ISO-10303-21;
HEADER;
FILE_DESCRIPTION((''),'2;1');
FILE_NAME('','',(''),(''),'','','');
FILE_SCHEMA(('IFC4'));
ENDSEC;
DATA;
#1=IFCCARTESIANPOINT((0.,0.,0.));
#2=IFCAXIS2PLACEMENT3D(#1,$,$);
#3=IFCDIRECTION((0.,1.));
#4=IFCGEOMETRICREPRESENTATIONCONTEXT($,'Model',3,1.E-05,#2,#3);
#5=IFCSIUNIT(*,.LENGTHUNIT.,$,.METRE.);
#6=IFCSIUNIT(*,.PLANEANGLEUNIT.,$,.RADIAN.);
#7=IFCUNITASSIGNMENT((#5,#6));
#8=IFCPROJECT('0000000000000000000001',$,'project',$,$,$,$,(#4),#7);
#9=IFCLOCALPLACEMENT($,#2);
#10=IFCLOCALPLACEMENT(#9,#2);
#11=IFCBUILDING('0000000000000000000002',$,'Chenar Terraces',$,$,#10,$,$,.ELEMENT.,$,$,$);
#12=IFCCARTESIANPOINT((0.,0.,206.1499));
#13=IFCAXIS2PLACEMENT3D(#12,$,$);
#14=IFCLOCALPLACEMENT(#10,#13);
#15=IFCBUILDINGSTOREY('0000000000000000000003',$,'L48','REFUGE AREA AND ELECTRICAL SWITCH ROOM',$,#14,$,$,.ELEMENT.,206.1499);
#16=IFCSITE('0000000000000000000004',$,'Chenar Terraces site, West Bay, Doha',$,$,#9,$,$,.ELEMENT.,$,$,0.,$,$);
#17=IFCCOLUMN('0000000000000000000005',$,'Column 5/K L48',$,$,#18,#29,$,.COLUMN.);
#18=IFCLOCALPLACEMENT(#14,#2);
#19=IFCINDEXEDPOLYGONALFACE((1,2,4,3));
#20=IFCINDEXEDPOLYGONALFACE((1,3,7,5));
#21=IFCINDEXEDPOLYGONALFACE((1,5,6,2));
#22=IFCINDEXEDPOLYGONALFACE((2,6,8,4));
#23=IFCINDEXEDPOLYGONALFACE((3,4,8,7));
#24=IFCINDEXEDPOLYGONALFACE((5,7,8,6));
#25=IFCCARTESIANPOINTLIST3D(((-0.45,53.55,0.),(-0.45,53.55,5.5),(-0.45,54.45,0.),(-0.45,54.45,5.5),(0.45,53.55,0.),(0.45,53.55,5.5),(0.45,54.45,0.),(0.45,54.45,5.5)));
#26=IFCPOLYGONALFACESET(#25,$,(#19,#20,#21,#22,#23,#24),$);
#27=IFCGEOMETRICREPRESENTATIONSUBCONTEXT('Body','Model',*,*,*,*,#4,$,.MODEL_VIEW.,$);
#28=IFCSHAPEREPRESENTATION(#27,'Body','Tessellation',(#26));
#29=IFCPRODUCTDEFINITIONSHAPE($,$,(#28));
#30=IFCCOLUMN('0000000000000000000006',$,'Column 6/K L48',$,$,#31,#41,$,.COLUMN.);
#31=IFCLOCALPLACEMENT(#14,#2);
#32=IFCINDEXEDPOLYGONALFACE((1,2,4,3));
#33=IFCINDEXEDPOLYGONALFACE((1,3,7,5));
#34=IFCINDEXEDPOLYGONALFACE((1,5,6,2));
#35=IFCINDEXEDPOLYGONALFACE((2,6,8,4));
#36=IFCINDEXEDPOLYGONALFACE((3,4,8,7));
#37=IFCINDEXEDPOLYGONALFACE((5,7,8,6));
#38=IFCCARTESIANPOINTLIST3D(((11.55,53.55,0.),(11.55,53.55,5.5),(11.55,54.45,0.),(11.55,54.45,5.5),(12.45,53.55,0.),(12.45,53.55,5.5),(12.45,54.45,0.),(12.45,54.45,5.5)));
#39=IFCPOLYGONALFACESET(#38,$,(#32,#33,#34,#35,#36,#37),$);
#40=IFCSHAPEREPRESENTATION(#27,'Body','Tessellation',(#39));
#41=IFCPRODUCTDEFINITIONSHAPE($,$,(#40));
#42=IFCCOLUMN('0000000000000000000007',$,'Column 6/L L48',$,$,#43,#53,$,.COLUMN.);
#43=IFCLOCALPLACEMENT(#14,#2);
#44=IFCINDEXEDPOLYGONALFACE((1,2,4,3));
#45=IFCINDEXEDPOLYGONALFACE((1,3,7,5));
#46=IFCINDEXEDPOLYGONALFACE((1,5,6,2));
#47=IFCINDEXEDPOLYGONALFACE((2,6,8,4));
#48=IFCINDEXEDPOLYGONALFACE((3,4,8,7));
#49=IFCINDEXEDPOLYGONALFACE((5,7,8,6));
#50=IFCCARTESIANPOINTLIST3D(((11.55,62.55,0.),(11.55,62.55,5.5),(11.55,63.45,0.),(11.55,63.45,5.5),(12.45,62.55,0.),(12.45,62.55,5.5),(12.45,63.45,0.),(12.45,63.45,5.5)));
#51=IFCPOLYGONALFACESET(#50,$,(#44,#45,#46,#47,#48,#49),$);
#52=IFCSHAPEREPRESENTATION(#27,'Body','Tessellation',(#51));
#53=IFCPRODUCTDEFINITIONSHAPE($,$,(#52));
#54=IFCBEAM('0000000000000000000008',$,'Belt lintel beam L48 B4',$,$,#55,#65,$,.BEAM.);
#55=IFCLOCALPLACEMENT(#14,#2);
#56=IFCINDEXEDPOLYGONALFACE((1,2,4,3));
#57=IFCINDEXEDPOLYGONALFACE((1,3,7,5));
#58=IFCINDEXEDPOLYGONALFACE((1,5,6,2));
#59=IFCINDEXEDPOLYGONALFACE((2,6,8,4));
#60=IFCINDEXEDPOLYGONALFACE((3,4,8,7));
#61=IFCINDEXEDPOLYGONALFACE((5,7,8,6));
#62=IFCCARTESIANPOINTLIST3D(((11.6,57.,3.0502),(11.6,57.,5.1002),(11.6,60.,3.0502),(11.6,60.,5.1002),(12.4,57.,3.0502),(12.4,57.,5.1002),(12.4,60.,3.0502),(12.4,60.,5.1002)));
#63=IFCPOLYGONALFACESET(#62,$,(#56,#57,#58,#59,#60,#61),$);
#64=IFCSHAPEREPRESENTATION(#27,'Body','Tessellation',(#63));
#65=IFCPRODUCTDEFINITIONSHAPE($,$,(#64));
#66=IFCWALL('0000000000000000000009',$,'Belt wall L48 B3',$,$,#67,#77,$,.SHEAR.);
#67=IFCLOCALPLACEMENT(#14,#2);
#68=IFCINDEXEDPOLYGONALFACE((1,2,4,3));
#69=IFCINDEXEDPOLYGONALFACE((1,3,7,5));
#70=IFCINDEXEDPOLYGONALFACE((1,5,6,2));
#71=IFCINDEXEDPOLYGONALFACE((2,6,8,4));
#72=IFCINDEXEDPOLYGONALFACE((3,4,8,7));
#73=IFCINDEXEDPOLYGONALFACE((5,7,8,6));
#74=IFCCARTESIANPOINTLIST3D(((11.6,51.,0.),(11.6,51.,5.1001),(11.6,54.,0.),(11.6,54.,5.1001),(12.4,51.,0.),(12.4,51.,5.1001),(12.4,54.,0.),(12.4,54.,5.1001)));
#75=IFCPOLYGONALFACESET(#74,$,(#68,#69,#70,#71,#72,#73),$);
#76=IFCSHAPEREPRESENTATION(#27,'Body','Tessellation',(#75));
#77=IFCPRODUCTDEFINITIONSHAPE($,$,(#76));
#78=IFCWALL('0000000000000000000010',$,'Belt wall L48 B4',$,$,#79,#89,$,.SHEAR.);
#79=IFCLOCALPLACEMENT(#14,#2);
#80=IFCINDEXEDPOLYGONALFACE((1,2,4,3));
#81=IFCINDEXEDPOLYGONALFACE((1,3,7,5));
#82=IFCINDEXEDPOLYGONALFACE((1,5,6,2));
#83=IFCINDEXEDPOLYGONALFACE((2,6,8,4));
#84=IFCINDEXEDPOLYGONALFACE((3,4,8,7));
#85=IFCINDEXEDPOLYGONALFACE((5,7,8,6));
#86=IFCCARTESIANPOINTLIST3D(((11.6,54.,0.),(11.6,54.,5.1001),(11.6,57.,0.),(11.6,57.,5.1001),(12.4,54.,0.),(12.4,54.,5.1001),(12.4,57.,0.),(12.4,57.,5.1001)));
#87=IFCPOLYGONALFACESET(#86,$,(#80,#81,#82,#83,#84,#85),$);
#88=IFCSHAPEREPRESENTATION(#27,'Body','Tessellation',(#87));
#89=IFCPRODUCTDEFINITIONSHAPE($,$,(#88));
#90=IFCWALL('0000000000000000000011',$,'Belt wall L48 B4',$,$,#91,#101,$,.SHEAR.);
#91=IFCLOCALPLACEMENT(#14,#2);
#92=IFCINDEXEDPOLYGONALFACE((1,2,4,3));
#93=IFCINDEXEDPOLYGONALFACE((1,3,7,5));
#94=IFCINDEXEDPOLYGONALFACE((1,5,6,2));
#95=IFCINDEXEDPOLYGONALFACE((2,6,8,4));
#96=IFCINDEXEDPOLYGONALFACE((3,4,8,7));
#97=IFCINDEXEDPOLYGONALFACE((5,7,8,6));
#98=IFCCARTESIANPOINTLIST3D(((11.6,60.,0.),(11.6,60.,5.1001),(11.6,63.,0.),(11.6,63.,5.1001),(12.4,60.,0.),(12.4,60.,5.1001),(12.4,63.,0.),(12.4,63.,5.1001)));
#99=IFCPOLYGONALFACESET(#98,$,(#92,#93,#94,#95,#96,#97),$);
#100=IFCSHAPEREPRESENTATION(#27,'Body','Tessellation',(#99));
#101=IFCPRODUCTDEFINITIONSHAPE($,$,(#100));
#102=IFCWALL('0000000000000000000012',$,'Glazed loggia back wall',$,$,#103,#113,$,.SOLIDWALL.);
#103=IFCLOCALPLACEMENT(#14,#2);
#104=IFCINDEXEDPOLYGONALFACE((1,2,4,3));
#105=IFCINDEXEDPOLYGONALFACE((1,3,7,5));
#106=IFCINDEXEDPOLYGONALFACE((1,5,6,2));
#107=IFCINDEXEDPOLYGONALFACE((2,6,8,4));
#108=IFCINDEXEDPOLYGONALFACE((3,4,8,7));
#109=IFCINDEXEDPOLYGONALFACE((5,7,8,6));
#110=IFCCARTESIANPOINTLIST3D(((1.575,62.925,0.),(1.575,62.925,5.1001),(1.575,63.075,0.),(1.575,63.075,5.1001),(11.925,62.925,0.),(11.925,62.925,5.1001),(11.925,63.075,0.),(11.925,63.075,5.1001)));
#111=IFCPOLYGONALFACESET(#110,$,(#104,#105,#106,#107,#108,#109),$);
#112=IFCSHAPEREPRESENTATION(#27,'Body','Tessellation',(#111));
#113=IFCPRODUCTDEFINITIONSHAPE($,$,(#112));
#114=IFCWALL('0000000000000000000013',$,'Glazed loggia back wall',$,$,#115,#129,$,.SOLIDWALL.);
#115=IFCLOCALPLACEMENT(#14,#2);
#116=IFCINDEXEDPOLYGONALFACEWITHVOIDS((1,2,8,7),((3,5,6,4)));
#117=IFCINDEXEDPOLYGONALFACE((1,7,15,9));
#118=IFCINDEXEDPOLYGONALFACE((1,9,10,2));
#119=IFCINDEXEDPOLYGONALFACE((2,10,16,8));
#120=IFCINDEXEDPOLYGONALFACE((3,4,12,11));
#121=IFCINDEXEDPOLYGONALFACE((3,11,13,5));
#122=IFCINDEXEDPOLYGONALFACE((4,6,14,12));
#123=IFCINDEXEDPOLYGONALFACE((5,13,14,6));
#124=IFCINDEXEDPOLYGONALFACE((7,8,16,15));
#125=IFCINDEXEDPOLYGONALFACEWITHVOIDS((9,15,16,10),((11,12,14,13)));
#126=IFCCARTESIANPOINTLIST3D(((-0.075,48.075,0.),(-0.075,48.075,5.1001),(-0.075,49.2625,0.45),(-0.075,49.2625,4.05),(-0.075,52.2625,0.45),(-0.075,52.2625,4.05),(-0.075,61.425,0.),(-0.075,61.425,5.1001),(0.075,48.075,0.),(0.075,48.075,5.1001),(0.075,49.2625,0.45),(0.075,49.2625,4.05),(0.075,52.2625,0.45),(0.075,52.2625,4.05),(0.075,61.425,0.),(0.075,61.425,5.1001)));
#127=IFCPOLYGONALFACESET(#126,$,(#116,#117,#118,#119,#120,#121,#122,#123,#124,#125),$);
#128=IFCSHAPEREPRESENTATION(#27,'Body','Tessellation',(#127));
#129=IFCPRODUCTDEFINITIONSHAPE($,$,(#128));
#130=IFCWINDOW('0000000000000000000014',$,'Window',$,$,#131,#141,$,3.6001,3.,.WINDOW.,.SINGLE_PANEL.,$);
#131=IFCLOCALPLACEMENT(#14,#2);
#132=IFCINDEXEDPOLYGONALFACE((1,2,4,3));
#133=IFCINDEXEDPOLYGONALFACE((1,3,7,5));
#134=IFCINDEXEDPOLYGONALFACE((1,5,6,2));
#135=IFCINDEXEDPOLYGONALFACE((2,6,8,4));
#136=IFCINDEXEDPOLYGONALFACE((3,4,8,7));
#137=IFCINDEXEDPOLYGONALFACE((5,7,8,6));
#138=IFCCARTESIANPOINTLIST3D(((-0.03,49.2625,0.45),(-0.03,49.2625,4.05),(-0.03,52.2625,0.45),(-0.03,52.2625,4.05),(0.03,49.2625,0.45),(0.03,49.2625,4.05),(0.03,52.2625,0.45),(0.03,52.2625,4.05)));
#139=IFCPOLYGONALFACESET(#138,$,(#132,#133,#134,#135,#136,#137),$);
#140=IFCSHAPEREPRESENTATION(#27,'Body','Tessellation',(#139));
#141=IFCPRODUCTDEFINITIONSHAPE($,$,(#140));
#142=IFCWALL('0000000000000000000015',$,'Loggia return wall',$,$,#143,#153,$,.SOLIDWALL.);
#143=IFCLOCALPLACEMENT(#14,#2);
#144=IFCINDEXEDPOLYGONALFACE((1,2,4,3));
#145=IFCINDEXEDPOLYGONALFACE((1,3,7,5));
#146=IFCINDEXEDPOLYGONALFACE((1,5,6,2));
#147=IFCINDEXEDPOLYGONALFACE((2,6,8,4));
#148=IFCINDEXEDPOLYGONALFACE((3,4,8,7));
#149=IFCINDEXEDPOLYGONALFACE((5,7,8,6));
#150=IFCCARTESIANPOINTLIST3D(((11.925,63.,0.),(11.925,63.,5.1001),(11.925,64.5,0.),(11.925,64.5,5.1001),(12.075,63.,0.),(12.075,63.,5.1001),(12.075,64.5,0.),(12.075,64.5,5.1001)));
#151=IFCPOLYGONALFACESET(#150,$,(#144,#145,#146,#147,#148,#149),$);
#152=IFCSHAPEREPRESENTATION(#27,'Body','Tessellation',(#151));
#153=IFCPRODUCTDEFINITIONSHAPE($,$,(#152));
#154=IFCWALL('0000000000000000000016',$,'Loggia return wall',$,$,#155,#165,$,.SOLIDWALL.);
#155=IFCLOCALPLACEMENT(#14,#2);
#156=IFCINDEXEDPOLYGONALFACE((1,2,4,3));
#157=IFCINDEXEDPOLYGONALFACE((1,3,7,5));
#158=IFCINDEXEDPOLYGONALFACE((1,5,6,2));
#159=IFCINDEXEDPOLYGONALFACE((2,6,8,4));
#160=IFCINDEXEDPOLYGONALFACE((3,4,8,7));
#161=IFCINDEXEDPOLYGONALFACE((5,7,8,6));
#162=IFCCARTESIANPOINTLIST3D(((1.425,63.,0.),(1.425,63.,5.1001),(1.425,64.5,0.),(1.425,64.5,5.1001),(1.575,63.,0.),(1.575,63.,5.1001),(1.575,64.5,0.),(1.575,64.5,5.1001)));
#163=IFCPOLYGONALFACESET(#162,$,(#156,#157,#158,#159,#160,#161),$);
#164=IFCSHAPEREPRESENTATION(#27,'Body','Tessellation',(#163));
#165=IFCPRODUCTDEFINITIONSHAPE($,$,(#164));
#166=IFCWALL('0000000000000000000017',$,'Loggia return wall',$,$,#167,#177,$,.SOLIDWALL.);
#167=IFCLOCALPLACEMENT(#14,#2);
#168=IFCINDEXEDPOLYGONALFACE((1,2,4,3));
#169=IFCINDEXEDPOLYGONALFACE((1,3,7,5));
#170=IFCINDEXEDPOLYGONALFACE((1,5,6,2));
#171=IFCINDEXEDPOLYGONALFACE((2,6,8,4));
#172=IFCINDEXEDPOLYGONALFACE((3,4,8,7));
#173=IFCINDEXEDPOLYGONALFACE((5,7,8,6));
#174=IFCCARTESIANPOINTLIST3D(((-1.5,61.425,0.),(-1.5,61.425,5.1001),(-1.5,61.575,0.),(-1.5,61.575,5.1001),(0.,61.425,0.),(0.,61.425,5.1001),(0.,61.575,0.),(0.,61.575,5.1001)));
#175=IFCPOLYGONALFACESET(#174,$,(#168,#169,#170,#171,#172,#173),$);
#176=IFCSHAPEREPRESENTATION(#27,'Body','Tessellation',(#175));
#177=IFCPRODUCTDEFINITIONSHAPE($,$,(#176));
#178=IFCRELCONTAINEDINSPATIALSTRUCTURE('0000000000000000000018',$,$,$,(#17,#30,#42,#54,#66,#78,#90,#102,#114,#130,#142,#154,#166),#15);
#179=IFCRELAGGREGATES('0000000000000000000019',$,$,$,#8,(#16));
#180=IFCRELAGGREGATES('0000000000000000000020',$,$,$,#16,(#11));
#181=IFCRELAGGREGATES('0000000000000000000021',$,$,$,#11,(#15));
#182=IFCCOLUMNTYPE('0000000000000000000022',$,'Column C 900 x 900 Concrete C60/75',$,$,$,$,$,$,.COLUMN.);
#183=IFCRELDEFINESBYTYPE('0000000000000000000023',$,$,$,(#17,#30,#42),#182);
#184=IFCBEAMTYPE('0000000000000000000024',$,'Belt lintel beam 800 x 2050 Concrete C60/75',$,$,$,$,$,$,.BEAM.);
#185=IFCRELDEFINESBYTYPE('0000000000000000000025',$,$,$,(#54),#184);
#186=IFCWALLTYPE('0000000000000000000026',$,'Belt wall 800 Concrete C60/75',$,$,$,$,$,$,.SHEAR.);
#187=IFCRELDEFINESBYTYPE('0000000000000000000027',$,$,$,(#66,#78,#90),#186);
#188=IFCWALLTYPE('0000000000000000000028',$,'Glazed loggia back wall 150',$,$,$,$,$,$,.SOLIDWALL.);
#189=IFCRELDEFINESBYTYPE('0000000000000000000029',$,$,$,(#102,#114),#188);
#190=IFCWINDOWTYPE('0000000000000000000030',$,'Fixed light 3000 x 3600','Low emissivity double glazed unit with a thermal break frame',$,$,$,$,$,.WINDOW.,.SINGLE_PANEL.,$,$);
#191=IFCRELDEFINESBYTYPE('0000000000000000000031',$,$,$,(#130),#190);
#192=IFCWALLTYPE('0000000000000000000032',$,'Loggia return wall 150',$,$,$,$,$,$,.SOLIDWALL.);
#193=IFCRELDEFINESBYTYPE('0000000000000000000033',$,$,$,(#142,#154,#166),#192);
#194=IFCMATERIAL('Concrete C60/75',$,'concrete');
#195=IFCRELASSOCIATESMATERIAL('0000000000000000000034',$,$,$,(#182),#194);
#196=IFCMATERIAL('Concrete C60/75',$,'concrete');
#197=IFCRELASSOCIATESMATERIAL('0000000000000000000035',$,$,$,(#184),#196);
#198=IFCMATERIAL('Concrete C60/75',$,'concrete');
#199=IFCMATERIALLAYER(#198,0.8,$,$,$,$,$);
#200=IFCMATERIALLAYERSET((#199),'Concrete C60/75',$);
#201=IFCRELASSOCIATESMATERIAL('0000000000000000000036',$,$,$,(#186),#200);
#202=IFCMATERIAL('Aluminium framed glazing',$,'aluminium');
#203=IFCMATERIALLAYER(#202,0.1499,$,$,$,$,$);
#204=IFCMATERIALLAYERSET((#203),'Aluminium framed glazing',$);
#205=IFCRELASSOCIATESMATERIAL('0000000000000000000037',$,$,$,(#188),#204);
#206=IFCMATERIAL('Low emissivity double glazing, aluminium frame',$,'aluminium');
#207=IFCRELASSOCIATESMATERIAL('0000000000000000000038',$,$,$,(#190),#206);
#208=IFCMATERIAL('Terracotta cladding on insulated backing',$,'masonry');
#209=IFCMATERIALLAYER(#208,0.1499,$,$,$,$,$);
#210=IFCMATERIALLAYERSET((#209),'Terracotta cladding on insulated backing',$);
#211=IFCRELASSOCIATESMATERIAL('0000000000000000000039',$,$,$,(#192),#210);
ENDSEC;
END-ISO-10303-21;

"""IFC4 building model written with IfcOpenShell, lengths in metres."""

from ifc_helpers import new_model, si_unit, direction, frame, frame_2d, origin, origin_2d, place, context, subcontext, project, spatial, rectangle, extrude, material, layer, layer_set, material_profile, profile_set, type_object, element, fill, save


model = new_model("IFC4")

# Units and contexts
model_context = context("Model", 3, precision=1e-05, world=origin(), true_north=direction((0.0, 1.0)))
body_context = subcontext(model_context, "Body", "Model", "MODEL_VIEW")
ifc_project = project(units=[si_unit("LENGTHUNIT", "METRE"), si_unit("PLANEANGLEUNIT", "RADIAN")], contexts=[model_context])

# Site, building, storey
site_placement = place(None, origin())
site = spatial("IfcSite", under=ifc_project, at=site_placement, Name="Chenar Terraces site, West Bay, Doha", CompositionType="ELEMENT", RefElevation=0.0)
building_placement = place(site_placement, origin())
building = spatial("IfcBuilding", under=site, at=building_placement, Name="Chenar Terraces", CompositionType="ELEMENT")
storey_placement = place(building_placement, frame((0.0, 0.0, 206.1499)))
storey = spatial("IfcBuildingStorey", under=building, at=storey_placement, Name="L48", Description="REFUGE AREA AND ELECTRICAL SWITCH ROOM", CompositionType="ELEMENT", Elevation=206.1499)

# Columns
ifc_material_1 = material(Name="Concrete C60/75", Category="concrete")
ifc_material_profile_1 = material_profile(ifc_material_1, rectangle(XDim=0.8999, YDim=0.8999, at=origin_2d()), Name="C 900 x 900")
ifc_profile_set_1 = profile_set([ifc_material_profile_1], Name="Concrete C60/75")
column_type = type_object("IfcColumnType", Name="Column C 900 x 900 Concrete C60/75", PredefinedType="COLUMN", material=ifc_profile_set_1)
for number, where, z_axis, x_axis, name in (
    (1, (0.0, 54.0, 0.0), (0.0, 0.0, 1.0), (1.0, 0.0, 0.0), "Column 5/K L48"),
    (2, (12.0, 54.0, 0.0), (0.0, 0.0, 1.0), (1.0, 0.0, 0.0), "Column 6/K L48"),
    (3, (12.0, 63.0, 0.0), (0.0, 0.0, 1.0), (1.0, 0.0, 0.0), "Column 6/L L48"),
):
    element("IfcColumn", number, at=place(storey_placement, frame(where, z_axis=z_axis, x_axis=x_axis)), inside=storey, type_object=column_type, Name=name, PredefinedType="COLUMN", context=body_context, shape_type="SweptSolid", body=[
        extrude(rectangle(XDim=0.8999, YDim=0.8999, at=origin_2d()), origin(), (0.0, 0.0, 1.0), 5.5),
    ])

# Beam
ifc_material_2 = material(Name="Concrete C60/75", Category="concrete")
ifc_material_profile_2 = material_profile(ifc_material_2, rectangle(XDim=0.8, YDim=2.05, at=origin_2d()), Name="RC 800 x 2050")
ifc_profile_set_2 = profile_set([ifc_material_profile_2], Name="Concrete C60/75")
beam_type = type_object("IfcBeamType", Name="Belt lintel beam 800 x 2050 Concrete C60/75", PredefinedType="BEAM", material=ifc_profile_set_2)
beam_placement = place(storey_placement, frame((12.0, 57.0, 4.0752), z_axis=(0.0, 1.0, 0.0), x_axis=(-1.0, 0.0, 0.0)))
element("IfcBeam", 4, at=beam_placement, inside=storey, type_object=beam_type, Name="Belt lintel beam L48 B4", PredefinedType="BEAM", context=body_context, shape_type="SweptSolid", body=[
    extrude(rectangle(XDim=0.8, YDim=2.05, at=origin_2d()), origin(), (0.0, 0.0, 1.0), 3.0),
])

# Walls
ifc_material_3 = material(Name="Concrete C60/75", Category="concrete")
ifc_layer_1 = layer(ifc_material_3, 0.8)
ifc_layer_set_1 = layer_set([ifc_layer_1], Name="Concrete C60/75")
wall_type_1 = type_object("IfcWallType", Name="Belt wall 800 Concrete C60/75", PredefinedType="SHEAR", material=ifc_layer_set_1)
for number, where, z_axis, x_axis, name in (
    (5, (12.0, 51.0, 0.0), (0.0, 0.0, 1.0), (0.0, 1.0, 0.0), "Belt wall L48 B3"),
    (6, (12.0, 54.0, 0.0), (0.0, 0.0, 1.0), (0.0, 1.0, 0.0), "Belt wall L48 B4"),
    (7, (12.0, 60.0, 0.0), (0.0, 0.0, 1.0), (0.0, 1.0, 0.0), "Belt wall L48 B4"),
):
    element("IfcWall", number, at=place(storey_placement, frame(where, z_axis=z_axis, x_axis=x_axis)), inside=storey, type_object=wall_type_1, Name=name, PredefinedType="SHEAR", context=body_context, shape_type="SweptSolid", body=[
        extrude(rectangle(XDim=3.0, YDim=0.8, at=frame_2d((1.5, 0.0))), origin(), (0.0, 0.0, 1.0), 5.1001),
    ])
ifc_material_4 = material(Name="Aluminium framed glazing", Category="aluminium")
ifc_layer_2 = layer(ifc_material_4, 0.1499)
ifc_layer_set_2 = layer_set([ifc_layer_2], Name="Aluminium framed glazing")
wall_type_2 = type_object("IfcWallType", Name="Glazed loggia back wall 150", PredefinedType="SOLIDWALL", material=ifc_layer_set_2)
wall_1_placement = place(storey_placement, frame((11.925, 63.0, 0.0), z_axis=(0.0, 0.0, 1.0), x_axis=(-1.0, 0.0, 0.0)))
element("IfcWall", 8, at=wall_1_placement, inside=storey, type_object=wall_type_2, Name="Glazed loggia back wall", PredefinedType="SOLIDWALL", context=body_context, shape_type="SweptSolid", body=[
    extrude(rectangle(XDim=10.3501, YDim=0.1499, at=frame_2d((5.175, 0.0))), origin(), (0.0, 0.0, 1.0), 5.1001),
])

# Wall, opening, window
wall_2_placement = place(storey_placement, frame((0.0, 61.425, 0.0), z_axis=(0.0, 0.0, 1.0), x_axis=(0.0, -1.0, 0.0)))
wall_2 = element("IfcWall", 9, at=wall_2_placement, inside=storey, type_object=wall_type_2, Name="Glazed loggia back wall", PredefinedType="SOLIDWALL", context=body_context, shape_type="SweptSolid", body=[
    extrude(rectangle(XDim=13.3501, YDim=0.1499, at=frame_2d((6.675, 0.0))), origin(), (0.0, 0.0, 1.0), 5.1001),
])
opening_1_placement = place(wall_2_placement, frame((9.1626, 0.0, 0.45)))
opening_1 = element("IfcOpeningElement", 10, at=opening_1_placement, cuts=wall_2, PredefinedType="OPENING", context=body_context, shape_type="SweptSolid", body=[
    extrude(rectangle(XDim=3.0, YDim=3.6001, at=frame_2d((1.5, 1.8))), frame((0.0, 0.085, 0.0), z_axis=(0.0, -1.0, 0.0), x_axis=(1.0, 0.0, 0.0)), (0.0, 0.0, 1.0), 0.1699),
])
ifc_material_5 = material(Name="Low emissivity double glazing, aluminium frame", Category="aluminium")
window_type = type_object("IfcWindowType", Name="Fixed light 3000 x 3600", Description="Low emissivity double glazed unit with a thermal break frame", PartitioningType="SINGLE_PANEL", PredefinedType="WINDOW", material=ifc_material_5)
window_placement = place(opening_1_placement, origin())
window = element("IfcWindow", 11, at=window_placement, inside=storey, type_object=window_type, Name="Window", OverallHeight=3.6001, OverallWidth=3.0, PartitioningType="SINGLE_PANEL", PredefinedType="WINDOW", context=body_context, shape_type="SweptSolid", body=[
    extrude(rectangle(XDim=3.0, YDim=3.6001, at=frame_2d((1.5, 1.8))), frame((0.0, 0.03, 0.0), z_axis=(0.0, -1.0, 0.0), x_axis=(1.0, 0.0, 0.0)), (0.0, 0.0, 1.0), 0.0601),
])
fill(opening_1, window)

# Walls
ifc_material_6 = material(Name="Terracotta cladding on insulated backing", Category="masonry")
ifc_layer_3 = layer(ifc_material_6, 0.1499)
ifc_layer_set_3 = layer_set([ifc_layer_3], Name="Terracotta cladding on insulated backing")
wall_type_3 = type_object("IfcWallType", Name="Loggia return wall 150", PredefinedType="SOLIDWALL", material=ifc_layer_set_3)
for number, where, z_axis, x_axis, name in (
    (12, (12.0, 64.5, 0.0), (0.0, 0.0, 1.0), (0.0, -1.0, 0.0), "Loggia return wall"),
    (13, (1.5, 64.5, 0.0), (0.0, 0.0, 1.0), (0.0, -1.0, 0.0), "Loggia return wall"),
    (14, (-1.5, 61.5, 0.0), (0.0, 0.0, 1.0), (1.0, 0.0, 0.0), "Loggia return wall"),
):
    element("IfcWall", number, at=place(storey_placement, frame(where, z_axis=z_axis, x_axis=x_axis)), inside=storey, type_object=wall_type_3, Name=name, PredefinedType="SOLIDWALL", context=body_context, shape_type="SweptSolid", body=[
        extrude(rectangle(XDim=1.5, YDim=0.1499, at=frame_2d((0.75, 0.0))), origin(), (0.0, 0.0, 1.0), 5.1001),
    ])

save(model, "model.ifc")
